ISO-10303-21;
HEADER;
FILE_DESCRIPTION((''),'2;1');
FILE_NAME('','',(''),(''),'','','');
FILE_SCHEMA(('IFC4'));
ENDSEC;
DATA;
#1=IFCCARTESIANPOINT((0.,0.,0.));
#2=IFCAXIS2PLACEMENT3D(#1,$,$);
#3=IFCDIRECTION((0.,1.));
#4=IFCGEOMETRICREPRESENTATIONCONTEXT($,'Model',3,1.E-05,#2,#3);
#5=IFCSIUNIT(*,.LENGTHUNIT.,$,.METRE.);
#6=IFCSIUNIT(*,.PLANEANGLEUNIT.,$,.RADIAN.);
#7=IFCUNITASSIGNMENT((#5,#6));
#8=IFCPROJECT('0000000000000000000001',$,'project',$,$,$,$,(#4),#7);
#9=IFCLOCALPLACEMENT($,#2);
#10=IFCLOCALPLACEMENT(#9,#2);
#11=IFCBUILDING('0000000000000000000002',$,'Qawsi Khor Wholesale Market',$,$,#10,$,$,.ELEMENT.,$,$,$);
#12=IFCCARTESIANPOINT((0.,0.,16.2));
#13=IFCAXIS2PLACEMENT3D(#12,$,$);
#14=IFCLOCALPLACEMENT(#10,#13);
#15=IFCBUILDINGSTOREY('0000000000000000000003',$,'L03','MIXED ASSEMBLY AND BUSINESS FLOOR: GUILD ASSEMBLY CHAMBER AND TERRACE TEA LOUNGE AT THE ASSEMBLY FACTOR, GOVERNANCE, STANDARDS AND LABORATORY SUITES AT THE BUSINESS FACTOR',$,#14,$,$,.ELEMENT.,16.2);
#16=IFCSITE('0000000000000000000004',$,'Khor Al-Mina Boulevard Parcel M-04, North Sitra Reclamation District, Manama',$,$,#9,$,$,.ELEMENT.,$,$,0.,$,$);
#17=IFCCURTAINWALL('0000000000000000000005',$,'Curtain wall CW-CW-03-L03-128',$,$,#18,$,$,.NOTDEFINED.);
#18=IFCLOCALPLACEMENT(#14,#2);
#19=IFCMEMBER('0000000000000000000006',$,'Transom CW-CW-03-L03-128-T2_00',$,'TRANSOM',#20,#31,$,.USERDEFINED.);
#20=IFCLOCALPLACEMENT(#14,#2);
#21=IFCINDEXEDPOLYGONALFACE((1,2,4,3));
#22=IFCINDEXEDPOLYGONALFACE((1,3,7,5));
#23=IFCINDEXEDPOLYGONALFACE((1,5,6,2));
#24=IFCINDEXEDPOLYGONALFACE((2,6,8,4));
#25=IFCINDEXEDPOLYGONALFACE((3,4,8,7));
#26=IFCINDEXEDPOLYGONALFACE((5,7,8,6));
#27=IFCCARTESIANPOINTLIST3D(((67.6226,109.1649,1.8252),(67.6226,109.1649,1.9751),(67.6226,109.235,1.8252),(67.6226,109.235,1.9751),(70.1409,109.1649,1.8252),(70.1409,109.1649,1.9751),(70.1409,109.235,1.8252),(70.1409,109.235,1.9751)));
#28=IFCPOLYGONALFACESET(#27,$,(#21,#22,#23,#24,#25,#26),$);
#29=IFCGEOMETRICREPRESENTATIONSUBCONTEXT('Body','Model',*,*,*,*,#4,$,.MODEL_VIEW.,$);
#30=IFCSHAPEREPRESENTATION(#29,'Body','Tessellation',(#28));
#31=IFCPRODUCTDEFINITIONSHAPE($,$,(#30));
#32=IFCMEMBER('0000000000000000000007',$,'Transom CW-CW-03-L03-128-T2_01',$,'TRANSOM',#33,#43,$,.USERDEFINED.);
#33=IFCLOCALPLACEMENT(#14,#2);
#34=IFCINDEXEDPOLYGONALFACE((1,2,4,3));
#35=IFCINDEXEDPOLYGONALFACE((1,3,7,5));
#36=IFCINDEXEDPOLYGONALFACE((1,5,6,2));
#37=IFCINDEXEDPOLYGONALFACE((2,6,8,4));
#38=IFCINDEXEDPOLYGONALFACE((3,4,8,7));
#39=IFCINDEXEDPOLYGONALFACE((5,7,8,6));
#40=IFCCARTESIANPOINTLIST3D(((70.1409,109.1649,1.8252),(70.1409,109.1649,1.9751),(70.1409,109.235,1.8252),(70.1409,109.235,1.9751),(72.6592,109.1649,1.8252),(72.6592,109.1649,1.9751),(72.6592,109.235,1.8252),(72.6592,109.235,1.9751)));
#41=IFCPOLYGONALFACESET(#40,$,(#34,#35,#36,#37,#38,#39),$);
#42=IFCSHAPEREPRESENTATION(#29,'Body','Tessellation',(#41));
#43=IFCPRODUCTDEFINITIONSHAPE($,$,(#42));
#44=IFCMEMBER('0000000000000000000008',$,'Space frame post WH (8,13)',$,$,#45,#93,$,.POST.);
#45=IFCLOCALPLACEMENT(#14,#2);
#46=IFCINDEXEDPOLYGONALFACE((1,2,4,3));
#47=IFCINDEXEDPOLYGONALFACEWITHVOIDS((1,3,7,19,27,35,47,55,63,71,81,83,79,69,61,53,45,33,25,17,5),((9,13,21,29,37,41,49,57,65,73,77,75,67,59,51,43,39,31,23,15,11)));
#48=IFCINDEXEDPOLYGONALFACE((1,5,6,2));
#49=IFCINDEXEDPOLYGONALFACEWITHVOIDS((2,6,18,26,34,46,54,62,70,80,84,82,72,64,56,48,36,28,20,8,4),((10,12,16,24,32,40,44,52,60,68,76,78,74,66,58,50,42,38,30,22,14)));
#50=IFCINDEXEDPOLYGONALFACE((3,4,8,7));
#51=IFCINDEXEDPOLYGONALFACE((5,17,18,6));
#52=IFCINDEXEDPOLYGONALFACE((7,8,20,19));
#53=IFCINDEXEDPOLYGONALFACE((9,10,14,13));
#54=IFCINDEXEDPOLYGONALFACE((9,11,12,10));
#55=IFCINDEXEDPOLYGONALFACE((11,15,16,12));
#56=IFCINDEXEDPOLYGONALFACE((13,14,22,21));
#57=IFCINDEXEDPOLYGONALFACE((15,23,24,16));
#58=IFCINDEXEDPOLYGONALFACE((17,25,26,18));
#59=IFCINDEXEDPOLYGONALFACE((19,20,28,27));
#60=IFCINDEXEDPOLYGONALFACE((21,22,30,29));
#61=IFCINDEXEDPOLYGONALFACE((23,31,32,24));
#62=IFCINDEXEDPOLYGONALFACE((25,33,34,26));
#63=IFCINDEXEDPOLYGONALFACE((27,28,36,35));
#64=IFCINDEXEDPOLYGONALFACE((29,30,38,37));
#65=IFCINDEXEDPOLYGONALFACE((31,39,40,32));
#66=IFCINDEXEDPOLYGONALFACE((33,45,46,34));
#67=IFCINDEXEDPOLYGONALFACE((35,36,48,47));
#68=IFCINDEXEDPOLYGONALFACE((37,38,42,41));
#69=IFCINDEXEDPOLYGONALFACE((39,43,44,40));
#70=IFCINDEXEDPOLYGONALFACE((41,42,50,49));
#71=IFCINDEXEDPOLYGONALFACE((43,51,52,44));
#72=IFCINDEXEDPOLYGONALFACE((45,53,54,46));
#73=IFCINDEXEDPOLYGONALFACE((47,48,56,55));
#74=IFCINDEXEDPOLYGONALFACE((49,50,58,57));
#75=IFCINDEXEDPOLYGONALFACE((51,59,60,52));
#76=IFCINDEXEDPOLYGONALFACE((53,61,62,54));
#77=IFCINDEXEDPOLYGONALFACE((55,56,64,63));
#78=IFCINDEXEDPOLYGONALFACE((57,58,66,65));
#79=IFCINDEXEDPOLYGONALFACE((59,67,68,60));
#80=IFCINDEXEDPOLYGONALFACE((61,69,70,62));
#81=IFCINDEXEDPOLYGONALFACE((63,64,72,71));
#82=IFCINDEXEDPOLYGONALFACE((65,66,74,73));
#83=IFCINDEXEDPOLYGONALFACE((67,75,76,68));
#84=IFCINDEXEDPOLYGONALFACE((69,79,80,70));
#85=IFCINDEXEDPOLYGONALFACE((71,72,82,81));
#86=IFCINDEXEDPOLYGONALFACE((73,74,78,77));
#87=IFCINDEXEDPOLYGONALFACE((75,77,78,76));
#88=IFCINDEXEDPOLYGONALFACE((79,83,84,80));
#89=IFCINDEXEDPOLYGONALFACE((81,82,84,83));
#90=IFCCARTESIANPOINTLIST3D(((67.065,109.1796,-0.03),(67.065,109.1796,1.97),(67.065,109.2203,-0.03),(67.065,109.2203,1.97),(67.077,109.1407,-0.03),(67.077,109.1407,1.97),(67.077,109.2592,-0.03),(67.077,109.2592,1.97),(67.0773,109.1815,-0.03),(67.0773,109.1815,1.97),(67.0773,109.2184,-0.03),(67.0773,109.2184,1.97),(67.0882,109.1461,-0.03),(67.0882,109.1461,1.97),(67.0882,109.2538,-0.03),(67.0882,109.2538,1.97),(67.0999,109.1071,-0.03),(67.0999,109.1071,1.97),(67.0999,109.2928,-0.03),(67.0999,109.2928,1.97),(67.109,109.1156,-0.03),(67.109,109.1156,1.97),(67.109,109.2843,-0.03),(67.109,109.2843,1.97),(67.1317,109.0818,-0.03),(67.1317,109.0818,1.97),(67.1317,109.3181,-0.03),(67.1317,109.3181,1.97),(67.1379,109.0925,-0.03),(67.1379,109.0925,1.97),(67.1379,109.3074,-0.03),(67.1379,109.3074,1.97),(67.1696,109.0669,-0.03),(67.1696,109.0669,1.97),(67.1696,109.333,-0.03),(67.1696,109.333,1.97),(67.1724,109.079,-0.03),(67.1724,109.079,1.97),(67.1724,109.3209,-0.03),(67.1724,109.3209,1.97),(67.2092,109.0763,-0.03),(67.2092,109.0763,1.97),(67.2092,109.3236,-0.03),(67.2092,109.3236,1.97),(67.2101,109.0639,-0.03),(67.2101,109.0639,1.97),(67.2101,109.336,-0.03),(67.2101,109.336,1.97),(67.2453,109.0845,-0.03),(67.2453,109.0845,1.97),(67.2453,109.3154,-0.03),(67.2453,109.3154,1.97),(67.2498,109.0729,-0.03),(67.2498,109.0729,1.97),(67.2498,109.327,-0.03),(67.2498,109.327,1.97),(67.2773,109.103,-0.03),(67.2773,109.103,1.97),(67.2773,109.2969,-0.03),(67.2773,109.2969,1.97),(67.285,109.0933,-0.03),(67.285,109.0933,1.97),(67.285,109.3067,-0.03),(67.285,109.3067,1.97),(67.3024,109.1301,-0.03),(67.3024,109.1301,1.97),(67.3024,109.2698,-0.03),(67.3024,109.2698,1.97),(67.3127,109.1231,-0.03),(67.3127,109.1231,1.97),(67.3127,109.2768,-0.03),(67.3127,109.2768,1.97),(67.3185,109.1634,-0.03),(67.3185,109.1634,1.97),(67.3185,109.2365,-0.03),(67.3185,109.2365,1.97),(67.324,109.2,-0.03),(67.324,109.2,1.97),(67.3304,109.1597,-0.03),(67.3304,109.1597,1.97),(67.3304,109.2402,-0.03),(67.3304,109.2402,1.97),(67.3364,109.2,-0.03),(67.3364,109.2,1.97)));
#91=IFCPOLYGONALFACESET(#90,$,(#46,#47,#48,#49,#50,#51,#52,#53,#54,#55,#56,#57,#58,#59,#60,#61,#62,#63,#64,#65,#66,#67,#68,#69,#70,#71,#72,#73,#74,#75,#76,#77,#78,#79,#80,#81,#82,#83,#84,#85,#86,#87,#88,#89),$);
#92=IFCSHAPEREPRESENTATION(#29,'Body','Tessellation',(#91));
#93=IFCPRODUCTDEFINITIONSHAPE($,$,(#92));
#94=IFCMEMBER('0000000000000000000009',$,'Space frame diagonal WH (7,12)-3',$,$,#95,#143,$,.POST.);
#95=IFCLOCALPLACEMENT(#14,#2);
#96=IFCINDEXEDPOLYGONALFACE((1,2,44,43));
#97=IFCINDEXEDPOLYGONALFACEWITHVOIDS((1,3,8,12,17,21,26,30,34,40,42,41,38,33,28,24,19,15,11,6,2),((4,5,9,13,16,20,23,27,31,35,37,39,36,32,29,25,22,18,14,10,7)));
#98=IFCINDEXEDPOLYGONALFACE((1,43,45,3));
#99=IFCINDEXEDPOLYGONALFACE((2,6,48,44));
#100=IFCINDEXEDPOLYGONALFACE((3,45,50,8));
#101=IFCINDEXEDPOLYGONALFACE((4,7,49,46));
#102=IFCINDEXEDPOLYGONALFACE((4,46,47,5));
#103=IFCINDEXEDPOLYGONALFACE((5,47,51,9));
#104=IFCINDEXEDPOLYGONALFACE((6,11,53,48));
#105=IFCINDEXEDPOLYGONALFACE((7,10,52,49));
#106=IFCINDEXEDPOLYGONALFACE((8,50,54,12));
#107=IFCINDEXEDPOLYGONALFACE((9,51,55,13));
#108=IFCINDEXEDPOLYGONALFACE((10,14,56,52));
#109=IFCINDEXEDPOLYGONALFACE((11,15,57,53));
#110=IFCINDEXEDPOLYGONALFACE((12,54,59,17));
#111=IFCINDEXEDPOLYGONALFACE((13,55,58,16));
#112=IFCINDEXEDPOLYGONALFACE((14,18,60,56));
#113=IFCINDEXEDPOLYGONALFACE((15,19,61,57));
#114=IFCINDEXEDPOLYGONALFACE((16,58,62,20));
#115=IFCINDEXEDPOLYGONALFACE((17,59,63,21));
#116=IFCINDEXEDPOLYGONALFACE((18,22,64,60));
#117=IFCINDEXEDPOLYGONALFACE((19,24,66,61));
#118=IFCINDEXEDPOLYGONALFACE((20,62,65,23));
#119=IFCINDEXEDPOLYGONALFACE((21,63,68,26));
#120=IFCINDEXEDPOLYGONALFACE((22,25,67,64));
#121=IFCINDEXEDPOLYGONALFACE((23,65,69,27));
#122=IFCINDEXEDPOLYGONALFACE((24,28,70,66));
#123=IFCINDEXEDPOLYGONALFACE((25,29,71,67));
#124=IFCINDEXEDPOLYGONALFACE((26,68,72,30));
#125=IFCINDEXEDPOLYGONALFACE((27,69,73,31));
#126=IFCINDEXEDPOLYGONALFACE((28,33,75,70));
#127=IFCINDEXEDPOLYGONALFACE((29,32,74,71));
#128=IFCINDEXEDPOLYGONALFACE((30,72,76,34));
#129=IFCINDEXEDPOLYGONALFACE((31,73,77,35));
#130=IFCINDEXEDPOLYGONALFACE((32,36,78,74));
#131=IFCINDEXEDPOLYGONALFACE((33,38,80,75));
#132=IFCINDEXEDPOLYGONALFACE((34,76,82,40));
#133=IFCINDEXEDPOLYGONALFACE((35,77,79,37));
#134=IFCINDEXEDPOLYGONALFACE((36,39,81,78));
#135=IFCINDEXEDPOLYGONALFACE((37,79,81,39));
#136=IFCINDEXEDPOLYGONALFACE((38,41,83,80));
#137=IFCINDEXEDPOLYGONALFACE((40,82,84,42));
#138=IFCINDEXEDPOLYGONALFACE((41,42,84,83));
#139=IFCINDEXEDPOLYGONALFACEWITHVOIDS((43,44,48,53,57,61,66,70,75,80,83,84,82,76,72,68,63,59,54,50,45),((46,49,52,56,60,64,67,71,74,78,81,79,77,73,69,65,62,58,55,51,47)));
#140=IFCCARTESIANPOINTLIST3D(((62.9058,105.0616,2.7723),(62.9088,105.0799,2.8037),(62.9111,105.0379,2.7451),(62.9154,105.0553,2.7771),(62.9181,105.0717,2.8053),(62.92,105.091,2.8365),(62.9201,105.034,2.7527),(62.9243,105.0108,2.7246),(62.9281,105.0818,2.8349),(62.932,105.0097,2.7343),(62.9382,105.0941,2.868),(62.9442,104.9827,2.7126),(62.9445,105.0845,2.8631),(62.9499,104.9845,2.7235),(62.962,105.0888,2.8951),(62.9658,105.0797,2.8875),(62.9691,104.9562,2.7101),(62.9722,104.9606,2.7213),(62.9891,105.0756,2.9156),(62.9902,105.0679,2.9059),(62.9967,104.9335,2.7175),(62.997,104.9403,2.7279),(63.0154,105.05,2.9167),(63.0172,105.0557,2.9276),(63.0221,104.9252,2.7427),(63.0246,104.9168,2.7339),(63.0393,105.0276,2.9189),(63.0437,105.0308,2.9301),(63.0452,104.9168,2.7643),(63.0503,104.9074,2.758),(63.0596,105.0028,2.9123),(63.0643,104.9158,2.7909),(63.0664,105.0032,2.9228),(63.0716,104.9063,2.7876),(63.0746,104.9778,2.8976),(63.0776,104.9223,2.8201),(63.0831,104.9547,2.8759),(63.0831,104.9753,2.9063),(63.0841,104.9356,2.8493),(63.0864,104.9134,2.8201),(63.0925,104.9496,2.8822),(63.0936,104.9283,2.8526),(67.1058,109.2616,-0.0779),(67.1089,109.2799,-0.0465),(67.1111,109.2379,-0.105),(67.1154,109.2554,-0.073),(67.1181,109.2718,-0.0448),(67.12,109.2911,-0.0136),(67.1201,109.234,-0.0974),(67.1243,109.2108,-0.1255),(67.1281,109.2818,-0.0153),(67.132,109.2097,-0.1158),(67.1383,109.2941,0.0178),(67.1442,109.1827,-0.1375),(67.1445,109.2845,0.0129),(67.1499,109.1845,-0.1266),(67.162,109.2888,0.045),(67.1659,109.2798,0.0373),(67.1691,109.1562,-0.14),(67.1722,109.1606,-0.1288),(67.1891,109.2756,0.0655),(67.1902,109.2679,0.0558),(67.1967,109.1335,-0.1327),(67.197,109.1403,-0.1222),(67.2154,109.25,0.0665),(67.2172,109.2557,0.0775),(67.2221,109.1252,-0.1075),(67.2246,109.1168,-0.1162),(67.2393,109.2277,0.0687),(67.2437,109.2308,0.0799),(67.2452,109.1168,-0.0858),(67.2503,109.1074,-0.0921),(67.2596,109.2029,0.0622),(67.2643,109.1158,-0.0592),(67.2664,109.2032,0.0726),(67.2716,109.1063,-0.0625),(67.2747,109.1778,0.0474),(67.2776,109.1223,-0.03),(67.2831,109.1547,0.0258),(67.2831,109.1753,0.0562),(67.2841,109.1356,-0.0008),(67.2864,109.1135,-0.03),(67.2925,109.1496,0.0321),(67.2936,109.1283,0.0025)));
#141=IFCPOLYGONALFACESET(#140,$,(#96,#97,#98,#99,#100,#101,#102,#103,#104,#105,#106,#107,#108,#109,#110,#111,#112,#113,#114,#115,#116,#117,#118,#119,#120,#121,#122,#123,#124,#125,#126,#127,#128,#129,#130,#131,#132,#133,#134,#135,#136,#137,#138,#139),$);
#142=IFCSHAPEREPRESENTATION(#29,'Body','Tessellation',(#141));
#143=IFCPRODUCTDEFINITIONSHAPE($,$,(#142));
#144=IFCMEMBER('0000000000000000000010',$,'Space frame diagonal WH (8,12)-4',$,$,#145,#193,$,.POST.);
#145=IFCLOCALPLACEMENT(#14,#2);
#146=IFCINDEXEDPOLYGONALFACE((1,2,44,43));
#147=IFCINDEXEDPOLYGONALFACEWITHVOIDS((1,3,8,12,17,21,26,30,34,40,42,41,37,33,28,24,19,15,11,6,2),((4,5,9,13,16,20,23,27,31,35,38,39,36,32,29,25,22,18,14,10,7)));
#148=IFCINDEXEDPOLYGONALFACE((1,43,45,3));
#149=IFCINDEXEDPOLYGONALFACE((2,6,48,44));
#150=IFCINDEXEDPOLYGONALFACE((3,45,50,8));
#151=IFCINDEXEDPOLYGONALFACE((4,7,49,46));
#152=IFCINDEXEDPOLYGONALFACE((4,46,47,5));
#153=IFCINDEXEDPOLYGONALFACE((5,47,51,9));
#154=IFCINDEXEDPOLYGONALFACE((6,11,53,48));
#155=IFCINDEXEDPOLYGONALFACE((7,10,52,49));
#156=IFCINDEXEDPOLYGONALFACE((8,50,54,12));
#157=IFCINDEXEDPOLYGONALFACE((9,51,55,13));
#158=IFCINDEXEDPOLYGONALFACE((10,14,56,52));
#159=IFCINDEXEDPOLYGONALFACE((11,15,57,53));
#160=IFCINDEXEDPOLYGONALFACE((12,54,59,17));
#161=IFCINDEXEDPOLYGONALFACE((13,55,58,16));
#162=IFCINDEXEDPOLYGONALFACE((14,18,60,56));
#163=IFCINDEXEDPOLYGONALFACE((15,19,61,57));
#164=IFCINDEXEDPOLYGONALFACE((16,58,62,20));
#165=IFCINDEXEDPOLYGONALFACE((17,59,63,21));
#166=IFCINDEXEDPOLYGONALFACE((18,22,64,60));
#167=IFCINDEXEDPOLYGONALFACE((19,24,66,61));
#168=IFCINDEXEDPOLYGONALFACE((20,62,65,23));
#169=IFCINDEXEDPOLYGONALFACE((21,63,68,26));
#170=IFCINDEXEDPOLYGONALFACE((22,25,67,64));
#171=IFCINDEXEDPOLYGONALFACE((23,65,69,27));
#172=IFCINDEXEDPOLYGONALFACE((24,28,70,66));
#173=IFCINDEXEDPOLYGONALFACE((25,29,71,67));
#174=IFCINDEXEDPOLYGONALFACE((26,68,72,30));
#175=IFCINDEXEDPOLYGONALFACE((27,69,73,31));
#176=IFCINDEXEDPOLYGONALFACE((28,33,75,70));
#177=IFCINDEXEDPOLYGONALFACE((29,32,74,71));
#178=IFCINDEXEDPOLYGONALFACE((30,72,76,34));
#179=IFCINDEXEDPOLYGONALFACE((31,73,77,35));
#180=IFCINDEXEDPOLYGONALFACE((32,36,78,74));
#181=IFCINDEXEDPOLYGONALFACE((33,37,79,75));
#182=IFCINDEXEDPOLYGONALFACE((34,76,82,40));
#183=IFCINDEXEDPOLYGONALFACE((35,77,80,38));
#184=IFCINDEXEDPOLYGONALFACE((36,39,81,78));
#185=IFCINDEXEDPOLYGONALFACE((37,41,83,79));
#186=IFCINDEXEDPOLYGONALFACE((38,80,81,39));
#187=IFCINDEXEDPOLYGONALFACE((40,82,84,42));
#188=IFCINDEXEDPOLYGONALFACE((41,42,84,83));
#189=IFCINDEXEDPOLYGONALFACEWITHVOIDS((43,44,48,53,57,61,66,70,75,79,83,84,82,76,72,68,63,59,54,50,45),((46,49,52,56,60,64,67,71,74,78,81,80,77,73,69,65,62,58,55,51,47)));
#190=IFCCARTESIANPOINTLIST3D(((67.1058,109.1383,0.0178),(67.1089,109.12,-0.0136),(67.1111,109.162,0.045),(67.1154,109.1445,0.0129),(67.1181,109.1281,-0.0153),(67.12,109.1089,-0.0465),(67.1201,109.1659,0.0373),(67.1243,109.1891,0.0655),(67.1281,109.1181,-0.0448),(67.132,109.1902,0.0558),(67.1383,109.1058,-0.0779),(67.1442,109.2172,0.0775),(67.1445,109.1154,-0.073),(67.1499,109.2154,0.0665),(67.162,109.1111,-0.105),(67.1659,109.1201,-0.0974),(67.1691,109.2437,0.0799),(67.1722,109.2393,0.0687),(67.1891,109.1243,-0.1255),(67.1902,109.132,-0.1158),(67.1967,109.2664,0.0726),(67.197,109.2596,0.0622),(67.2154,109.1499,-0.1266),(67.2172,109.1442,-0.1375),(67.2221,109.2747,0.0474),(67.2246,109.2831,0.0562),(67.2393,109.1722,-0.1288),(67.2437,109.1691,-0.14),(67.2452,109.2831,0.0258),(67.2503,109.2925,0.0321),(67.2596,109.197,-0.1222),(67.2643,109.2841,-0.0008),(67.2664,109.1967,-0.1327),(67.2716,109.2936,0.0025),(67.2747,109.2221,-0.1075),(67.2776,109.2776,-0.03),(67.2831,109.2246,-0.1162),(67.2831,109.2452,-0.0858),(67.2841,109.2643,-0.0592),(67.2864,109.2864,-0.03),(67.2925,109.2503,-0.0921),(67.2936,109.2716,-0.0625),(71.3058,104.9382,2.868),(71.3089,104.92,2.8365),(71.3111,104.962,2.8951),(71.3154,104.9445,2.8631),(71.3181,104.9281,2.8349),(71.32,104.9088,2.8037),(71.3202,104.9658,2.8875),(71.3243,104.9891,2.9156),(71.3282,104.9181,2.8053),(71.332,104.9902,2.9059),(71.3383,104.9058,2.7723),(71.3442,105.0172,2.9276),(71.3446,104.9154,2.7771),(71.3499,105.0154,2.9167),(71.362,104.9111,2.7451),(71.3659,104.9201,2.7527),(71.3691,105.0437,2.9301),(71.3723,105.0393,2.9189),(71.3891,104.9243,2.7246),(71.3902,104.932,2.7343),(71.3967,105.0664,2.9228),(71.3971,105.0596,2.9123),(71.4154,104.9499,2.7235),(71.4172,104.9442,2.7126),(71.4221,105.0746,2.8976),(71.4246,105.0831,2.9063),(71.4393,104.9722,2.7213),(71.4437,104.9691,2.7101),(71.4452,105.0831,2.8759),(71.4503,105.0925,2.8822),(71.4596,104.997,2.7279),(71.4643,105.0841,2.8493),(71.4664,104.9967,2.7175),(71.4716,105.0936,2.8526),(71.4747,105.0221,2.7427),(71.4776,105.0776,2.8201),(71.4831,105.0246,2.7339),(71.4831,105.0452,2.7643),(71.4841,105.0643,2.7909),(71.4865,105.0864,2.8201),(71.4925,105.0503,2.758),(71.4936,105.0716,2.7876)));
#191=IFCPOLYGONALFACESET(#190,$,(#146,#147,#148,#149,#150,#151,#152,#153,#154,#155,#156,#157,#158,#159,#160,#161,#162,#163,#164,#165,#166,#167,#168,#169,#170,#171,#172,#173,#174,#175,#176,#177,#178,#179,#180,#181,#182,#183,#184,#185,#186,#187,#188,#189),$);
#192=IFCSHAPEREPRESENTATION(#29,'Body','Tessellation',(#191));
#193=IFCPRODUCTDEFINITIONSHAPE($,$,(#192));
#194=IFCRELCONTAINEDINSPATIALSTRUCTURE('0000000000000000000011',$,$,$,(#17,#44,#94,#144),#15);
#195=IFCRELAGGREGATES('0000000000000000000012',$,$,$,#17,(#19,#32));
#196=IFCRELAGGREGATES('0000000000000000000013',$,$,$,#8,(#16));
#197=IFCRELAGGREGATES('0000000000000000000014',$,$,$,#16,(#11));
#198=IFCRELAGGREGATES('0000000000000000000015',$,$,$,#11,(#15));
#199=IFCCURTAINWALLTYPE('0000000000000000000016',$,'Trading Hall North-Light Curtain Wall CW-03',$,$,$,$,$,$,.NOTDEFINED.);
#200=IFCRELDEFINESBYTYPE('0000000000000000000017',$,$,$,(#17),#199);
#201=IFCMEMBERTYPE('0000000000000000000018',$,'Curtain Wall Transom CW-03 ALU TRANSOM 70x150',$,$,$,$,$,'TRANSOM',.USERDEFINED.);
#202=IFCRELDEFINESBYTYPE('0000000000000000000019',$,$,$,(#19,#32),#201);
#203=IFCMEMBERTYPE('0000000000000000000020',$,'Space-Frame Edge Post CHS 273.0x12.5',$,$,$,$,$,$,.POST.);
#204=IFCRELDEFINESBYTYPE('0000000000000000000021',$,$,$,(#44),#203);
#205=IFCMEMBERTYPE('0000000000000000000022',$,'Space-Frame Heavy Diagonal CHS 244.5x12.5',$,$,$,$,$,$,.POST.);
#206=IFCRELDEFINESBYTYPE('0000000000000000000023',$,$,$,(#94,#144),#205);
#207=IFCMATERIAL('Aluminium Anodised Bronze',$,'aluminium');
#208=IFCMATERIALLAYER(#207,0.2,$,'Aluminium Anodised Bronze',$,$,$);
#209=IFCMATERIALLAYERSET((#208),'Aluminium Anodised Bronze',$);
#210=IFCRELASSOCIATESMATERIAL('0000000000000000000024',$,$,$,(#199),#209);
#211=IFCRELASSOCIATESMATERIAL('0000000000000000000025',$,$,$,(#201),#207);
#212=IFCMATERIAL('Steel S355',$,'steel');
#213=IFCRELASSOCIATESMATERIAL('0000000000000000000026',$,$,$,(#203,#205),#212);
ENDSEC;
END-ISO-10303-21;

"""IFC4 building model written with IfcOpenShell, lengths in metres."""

from ifc_helpers import new_model, si_unit, direction, frame, origin, origin_2d, place, context, subcontext, project, spatial, rectangle, hollow_circle, extrude, material, layer, layer_set, material_profile, profile_set, type_object, element, aggregate, save


model = new_model("IFC4")

# Units and contexts
model_context = context("Model", 3, precision=1e-05, world=origin(), true_north=direction((0.0, 1.0)))
body_context = subcontext(model_context, "Body", "Model", "MODEL_VIEW")
ifc_project = project(units=[si_unit("LENGTHUNIT", "METRE"), si_unit("PLANEANGLEUNIT", "RADIAN")], contexts=[model_context])

# Site, building, storey
site_placement = place(None, origin())
site = spatial("IfcSite", under=ifc_project, at=site_placement, Name="Khor Al-Mina Boulevard Parcel M-04, North Sitra Reclamation District, Manama", CompositionType="ELEMENT", RefElevation=0.0)
building_placement = place(site_placement, origin())
building = spatial("IfcBuilding", under=site, at=building_placement, Name="Qawsi Khor Wholesale Market", CompositionType="ELEMENT")
storey_placement = place(building_placement, frame((0.0, 0.0, 16.2)))
storey = spatial("IfcBuildingStorey", under=building, at=storey_placement, Name="L03", Description="MIXED ASSEMBLY AND BUSINESS FLOOR: GUILD ASSEMBLY CHAMBER AND TERRACE TEA LOUNGE AT THE ASSEMBLY FACTOR, GOVERNANCE, STANDARDS AND LABORATORY SUITES AT THE BUSINESS FACTOR", CompositionType="ELEMENT", Elevation=16.2)

# Curtain wall
ifc_material_1 = material(Name="Aluminium Anodised Bronze", Category="aluminium")
ifc_layer_1 = layer(ifc_material_1, 0.2, Name="Aluminium Anodised Bronze")
ifc_layer_set_1 = layer_set([ifc_layer_1], Name="Aluminium Anodised Bronze")
curtain_wall_type = type_object("IfcCurtainWallType", Name="Trading Hall North-Light Curtain Wall CW-03", PredefinedType="NOTDEFINED", material=ifc_layer_set_1)
curtain_wall_1_placement = place(storey_placement, origin())
curtain_wall_1 = element("IfcCurtainWall", 1, at=curtain_wall_1_placement, inside=storey, type_object=curtain_wall_type, Name="Curtain wall CW-CW-03-L03-128", PredefinedType="NOTDEFINED")

# Members
ifc_material_profile_1 = material_profile(ifc_material_1, rectangle(XDim=0.0701, YDim=0.1499, at=origin_2d()), Name="ALU TRANSOM 70x150")
ifc_profile_set_1 = profile_set([ifc_material_profile_1], Name="Aluminium Anodised Bronze")
member_type_1 = type_object("IfcMemberType", Name="Curtain Wall Transom CW-03 ALU TRANSOM 70x150", ElementType="TRANSOM", PredefinedType="USERDEFINED", material=ifc_profile_set_1)
member_1_placement = place(storey_placement, frame((67.6226, 109.2, 1.9001), z_axis=(1.0, 0.0, 0.0), x_axis=(0.0, 1.0, 0.0)))
member_1 = element("IfcMember", 2, at=member_1_placement, type_object=member_type_1, Name="Transom CW-CW-03-L03-128-T2_00", ObjectType="TRANSOM", PredefinedType="USERDEFINED", context=body_context, shape_type="SweptSolid", body=[
    extrude(rectangle(XDim=0.0701, YDim=0.1499, at=origin_2d()), origin(), (0.0, 0.0, 1.0), 2.5183),
])
member_2_placement = place(storey_placement, frame((70.1409, 109.2, 1.9001), z_axis=(1.0, 0.0, 0.0), x_axis=(0.0, 1.0, 0.0)))
member_2 = element("IfcMember", 3, at=member_2_placement, type_object=member_type_1, Name="Transom CW-CW-03-L03-128-T2_01", ObjectType="TRANSOM", PredefinedType="USERDEFINED", context=body_context, shape_type="SweptSolid", body=[
    extrude(rectangle(XDim=0.0701, YDim=0.1499, at=origin_2d()), origin(), (0.0, 0.0, 1.0), 2.5183),
])

# Members
ifc_material_2 = material(Name="Steel S355", Category="steel")
ifc_material_profile_2 = material_profile(ifc_material_2, hollow_circle(Radius=0.1365, WallThickness=0.0125, at=origin_2d()), Name="CHS 273.0x12.5")
ifc_profile_set_2 = profile_set([ifc_material_profile_2], Name="Steel S355")
member_type_2 = type_object("IfcMemberType", Name="Space-Frame Edge Post CHS 273.0x12.5", PredefinedType="POST", material=ifc_profile_set_2)
member_3_placement = place(storey_placement, frame((67.2, 109.2, -0.03), z_axis=(0.0, 0.0, 1.0), x_axis=(1.0, 0.0, 0.0)))
element("IfcMember", 4, at=member_3_placement, inside=storey, type_object=member_type_2, Name="Space frame post WH (8,13)", PredefinedType="POST", context=body_context, shape_type="SweptSolid", body=[
    extrude(hollow_circle(Radius=0.1365, WallThickness=0.0125, at=origin_2d()), origin(), (0.0, 0.0, 1.0), 2.0),
])
ifc_material_profile_3 = material_profile(ifc_material_2, hollow_circle(Radius=0.1223, WallThickness=0.0125, at=origin_2d()), Name="CHS 244.5x12.5")
ifc_profile_set_3 = profile_set([ifc_material_profile_3], Name="Steel S355")
member_type_3 = type_object("IfcMemberType", Name="Space-Frame Heavy Diagonal CHS 244.5x12.5", PredefinedType="POST", material=ifc_profile_set_3)
for number, where, z_axis, x_axis, name in (
    (5, (67.2, 109.2, -0.03), (-0.637512, -0.637512, 0.432617), (0.707107, -0.707107, 0.0), "Space frame diagonal WH (7,12)-3"),
    (6, (67.2, 109.2, -0.03), (0.637512, -0.637512, 0.432617), (0.707107, 0.707107, 0.0), "Space frame diagonal WH (8,12)-4"),
):
    element("IfcMember", number, at=place(storey_placement, frame(where, z_axis=z_axis, x_axis=x_axis)), inside=storey, type_object=member_type_3, Name=name, PredefinedType="POST", context=body_context, shape_type="SweptSolid", body=[
        extrude(hollow_circle(Radius=0.1223, WallThickness=0.0125, at=origin_2d()), origin(), (0.0, 0.0, 1.0), 6.5881),
    ])

aggregate(curtain_wall_1, [member_1, member_2])

save(model, "model.ifc")
